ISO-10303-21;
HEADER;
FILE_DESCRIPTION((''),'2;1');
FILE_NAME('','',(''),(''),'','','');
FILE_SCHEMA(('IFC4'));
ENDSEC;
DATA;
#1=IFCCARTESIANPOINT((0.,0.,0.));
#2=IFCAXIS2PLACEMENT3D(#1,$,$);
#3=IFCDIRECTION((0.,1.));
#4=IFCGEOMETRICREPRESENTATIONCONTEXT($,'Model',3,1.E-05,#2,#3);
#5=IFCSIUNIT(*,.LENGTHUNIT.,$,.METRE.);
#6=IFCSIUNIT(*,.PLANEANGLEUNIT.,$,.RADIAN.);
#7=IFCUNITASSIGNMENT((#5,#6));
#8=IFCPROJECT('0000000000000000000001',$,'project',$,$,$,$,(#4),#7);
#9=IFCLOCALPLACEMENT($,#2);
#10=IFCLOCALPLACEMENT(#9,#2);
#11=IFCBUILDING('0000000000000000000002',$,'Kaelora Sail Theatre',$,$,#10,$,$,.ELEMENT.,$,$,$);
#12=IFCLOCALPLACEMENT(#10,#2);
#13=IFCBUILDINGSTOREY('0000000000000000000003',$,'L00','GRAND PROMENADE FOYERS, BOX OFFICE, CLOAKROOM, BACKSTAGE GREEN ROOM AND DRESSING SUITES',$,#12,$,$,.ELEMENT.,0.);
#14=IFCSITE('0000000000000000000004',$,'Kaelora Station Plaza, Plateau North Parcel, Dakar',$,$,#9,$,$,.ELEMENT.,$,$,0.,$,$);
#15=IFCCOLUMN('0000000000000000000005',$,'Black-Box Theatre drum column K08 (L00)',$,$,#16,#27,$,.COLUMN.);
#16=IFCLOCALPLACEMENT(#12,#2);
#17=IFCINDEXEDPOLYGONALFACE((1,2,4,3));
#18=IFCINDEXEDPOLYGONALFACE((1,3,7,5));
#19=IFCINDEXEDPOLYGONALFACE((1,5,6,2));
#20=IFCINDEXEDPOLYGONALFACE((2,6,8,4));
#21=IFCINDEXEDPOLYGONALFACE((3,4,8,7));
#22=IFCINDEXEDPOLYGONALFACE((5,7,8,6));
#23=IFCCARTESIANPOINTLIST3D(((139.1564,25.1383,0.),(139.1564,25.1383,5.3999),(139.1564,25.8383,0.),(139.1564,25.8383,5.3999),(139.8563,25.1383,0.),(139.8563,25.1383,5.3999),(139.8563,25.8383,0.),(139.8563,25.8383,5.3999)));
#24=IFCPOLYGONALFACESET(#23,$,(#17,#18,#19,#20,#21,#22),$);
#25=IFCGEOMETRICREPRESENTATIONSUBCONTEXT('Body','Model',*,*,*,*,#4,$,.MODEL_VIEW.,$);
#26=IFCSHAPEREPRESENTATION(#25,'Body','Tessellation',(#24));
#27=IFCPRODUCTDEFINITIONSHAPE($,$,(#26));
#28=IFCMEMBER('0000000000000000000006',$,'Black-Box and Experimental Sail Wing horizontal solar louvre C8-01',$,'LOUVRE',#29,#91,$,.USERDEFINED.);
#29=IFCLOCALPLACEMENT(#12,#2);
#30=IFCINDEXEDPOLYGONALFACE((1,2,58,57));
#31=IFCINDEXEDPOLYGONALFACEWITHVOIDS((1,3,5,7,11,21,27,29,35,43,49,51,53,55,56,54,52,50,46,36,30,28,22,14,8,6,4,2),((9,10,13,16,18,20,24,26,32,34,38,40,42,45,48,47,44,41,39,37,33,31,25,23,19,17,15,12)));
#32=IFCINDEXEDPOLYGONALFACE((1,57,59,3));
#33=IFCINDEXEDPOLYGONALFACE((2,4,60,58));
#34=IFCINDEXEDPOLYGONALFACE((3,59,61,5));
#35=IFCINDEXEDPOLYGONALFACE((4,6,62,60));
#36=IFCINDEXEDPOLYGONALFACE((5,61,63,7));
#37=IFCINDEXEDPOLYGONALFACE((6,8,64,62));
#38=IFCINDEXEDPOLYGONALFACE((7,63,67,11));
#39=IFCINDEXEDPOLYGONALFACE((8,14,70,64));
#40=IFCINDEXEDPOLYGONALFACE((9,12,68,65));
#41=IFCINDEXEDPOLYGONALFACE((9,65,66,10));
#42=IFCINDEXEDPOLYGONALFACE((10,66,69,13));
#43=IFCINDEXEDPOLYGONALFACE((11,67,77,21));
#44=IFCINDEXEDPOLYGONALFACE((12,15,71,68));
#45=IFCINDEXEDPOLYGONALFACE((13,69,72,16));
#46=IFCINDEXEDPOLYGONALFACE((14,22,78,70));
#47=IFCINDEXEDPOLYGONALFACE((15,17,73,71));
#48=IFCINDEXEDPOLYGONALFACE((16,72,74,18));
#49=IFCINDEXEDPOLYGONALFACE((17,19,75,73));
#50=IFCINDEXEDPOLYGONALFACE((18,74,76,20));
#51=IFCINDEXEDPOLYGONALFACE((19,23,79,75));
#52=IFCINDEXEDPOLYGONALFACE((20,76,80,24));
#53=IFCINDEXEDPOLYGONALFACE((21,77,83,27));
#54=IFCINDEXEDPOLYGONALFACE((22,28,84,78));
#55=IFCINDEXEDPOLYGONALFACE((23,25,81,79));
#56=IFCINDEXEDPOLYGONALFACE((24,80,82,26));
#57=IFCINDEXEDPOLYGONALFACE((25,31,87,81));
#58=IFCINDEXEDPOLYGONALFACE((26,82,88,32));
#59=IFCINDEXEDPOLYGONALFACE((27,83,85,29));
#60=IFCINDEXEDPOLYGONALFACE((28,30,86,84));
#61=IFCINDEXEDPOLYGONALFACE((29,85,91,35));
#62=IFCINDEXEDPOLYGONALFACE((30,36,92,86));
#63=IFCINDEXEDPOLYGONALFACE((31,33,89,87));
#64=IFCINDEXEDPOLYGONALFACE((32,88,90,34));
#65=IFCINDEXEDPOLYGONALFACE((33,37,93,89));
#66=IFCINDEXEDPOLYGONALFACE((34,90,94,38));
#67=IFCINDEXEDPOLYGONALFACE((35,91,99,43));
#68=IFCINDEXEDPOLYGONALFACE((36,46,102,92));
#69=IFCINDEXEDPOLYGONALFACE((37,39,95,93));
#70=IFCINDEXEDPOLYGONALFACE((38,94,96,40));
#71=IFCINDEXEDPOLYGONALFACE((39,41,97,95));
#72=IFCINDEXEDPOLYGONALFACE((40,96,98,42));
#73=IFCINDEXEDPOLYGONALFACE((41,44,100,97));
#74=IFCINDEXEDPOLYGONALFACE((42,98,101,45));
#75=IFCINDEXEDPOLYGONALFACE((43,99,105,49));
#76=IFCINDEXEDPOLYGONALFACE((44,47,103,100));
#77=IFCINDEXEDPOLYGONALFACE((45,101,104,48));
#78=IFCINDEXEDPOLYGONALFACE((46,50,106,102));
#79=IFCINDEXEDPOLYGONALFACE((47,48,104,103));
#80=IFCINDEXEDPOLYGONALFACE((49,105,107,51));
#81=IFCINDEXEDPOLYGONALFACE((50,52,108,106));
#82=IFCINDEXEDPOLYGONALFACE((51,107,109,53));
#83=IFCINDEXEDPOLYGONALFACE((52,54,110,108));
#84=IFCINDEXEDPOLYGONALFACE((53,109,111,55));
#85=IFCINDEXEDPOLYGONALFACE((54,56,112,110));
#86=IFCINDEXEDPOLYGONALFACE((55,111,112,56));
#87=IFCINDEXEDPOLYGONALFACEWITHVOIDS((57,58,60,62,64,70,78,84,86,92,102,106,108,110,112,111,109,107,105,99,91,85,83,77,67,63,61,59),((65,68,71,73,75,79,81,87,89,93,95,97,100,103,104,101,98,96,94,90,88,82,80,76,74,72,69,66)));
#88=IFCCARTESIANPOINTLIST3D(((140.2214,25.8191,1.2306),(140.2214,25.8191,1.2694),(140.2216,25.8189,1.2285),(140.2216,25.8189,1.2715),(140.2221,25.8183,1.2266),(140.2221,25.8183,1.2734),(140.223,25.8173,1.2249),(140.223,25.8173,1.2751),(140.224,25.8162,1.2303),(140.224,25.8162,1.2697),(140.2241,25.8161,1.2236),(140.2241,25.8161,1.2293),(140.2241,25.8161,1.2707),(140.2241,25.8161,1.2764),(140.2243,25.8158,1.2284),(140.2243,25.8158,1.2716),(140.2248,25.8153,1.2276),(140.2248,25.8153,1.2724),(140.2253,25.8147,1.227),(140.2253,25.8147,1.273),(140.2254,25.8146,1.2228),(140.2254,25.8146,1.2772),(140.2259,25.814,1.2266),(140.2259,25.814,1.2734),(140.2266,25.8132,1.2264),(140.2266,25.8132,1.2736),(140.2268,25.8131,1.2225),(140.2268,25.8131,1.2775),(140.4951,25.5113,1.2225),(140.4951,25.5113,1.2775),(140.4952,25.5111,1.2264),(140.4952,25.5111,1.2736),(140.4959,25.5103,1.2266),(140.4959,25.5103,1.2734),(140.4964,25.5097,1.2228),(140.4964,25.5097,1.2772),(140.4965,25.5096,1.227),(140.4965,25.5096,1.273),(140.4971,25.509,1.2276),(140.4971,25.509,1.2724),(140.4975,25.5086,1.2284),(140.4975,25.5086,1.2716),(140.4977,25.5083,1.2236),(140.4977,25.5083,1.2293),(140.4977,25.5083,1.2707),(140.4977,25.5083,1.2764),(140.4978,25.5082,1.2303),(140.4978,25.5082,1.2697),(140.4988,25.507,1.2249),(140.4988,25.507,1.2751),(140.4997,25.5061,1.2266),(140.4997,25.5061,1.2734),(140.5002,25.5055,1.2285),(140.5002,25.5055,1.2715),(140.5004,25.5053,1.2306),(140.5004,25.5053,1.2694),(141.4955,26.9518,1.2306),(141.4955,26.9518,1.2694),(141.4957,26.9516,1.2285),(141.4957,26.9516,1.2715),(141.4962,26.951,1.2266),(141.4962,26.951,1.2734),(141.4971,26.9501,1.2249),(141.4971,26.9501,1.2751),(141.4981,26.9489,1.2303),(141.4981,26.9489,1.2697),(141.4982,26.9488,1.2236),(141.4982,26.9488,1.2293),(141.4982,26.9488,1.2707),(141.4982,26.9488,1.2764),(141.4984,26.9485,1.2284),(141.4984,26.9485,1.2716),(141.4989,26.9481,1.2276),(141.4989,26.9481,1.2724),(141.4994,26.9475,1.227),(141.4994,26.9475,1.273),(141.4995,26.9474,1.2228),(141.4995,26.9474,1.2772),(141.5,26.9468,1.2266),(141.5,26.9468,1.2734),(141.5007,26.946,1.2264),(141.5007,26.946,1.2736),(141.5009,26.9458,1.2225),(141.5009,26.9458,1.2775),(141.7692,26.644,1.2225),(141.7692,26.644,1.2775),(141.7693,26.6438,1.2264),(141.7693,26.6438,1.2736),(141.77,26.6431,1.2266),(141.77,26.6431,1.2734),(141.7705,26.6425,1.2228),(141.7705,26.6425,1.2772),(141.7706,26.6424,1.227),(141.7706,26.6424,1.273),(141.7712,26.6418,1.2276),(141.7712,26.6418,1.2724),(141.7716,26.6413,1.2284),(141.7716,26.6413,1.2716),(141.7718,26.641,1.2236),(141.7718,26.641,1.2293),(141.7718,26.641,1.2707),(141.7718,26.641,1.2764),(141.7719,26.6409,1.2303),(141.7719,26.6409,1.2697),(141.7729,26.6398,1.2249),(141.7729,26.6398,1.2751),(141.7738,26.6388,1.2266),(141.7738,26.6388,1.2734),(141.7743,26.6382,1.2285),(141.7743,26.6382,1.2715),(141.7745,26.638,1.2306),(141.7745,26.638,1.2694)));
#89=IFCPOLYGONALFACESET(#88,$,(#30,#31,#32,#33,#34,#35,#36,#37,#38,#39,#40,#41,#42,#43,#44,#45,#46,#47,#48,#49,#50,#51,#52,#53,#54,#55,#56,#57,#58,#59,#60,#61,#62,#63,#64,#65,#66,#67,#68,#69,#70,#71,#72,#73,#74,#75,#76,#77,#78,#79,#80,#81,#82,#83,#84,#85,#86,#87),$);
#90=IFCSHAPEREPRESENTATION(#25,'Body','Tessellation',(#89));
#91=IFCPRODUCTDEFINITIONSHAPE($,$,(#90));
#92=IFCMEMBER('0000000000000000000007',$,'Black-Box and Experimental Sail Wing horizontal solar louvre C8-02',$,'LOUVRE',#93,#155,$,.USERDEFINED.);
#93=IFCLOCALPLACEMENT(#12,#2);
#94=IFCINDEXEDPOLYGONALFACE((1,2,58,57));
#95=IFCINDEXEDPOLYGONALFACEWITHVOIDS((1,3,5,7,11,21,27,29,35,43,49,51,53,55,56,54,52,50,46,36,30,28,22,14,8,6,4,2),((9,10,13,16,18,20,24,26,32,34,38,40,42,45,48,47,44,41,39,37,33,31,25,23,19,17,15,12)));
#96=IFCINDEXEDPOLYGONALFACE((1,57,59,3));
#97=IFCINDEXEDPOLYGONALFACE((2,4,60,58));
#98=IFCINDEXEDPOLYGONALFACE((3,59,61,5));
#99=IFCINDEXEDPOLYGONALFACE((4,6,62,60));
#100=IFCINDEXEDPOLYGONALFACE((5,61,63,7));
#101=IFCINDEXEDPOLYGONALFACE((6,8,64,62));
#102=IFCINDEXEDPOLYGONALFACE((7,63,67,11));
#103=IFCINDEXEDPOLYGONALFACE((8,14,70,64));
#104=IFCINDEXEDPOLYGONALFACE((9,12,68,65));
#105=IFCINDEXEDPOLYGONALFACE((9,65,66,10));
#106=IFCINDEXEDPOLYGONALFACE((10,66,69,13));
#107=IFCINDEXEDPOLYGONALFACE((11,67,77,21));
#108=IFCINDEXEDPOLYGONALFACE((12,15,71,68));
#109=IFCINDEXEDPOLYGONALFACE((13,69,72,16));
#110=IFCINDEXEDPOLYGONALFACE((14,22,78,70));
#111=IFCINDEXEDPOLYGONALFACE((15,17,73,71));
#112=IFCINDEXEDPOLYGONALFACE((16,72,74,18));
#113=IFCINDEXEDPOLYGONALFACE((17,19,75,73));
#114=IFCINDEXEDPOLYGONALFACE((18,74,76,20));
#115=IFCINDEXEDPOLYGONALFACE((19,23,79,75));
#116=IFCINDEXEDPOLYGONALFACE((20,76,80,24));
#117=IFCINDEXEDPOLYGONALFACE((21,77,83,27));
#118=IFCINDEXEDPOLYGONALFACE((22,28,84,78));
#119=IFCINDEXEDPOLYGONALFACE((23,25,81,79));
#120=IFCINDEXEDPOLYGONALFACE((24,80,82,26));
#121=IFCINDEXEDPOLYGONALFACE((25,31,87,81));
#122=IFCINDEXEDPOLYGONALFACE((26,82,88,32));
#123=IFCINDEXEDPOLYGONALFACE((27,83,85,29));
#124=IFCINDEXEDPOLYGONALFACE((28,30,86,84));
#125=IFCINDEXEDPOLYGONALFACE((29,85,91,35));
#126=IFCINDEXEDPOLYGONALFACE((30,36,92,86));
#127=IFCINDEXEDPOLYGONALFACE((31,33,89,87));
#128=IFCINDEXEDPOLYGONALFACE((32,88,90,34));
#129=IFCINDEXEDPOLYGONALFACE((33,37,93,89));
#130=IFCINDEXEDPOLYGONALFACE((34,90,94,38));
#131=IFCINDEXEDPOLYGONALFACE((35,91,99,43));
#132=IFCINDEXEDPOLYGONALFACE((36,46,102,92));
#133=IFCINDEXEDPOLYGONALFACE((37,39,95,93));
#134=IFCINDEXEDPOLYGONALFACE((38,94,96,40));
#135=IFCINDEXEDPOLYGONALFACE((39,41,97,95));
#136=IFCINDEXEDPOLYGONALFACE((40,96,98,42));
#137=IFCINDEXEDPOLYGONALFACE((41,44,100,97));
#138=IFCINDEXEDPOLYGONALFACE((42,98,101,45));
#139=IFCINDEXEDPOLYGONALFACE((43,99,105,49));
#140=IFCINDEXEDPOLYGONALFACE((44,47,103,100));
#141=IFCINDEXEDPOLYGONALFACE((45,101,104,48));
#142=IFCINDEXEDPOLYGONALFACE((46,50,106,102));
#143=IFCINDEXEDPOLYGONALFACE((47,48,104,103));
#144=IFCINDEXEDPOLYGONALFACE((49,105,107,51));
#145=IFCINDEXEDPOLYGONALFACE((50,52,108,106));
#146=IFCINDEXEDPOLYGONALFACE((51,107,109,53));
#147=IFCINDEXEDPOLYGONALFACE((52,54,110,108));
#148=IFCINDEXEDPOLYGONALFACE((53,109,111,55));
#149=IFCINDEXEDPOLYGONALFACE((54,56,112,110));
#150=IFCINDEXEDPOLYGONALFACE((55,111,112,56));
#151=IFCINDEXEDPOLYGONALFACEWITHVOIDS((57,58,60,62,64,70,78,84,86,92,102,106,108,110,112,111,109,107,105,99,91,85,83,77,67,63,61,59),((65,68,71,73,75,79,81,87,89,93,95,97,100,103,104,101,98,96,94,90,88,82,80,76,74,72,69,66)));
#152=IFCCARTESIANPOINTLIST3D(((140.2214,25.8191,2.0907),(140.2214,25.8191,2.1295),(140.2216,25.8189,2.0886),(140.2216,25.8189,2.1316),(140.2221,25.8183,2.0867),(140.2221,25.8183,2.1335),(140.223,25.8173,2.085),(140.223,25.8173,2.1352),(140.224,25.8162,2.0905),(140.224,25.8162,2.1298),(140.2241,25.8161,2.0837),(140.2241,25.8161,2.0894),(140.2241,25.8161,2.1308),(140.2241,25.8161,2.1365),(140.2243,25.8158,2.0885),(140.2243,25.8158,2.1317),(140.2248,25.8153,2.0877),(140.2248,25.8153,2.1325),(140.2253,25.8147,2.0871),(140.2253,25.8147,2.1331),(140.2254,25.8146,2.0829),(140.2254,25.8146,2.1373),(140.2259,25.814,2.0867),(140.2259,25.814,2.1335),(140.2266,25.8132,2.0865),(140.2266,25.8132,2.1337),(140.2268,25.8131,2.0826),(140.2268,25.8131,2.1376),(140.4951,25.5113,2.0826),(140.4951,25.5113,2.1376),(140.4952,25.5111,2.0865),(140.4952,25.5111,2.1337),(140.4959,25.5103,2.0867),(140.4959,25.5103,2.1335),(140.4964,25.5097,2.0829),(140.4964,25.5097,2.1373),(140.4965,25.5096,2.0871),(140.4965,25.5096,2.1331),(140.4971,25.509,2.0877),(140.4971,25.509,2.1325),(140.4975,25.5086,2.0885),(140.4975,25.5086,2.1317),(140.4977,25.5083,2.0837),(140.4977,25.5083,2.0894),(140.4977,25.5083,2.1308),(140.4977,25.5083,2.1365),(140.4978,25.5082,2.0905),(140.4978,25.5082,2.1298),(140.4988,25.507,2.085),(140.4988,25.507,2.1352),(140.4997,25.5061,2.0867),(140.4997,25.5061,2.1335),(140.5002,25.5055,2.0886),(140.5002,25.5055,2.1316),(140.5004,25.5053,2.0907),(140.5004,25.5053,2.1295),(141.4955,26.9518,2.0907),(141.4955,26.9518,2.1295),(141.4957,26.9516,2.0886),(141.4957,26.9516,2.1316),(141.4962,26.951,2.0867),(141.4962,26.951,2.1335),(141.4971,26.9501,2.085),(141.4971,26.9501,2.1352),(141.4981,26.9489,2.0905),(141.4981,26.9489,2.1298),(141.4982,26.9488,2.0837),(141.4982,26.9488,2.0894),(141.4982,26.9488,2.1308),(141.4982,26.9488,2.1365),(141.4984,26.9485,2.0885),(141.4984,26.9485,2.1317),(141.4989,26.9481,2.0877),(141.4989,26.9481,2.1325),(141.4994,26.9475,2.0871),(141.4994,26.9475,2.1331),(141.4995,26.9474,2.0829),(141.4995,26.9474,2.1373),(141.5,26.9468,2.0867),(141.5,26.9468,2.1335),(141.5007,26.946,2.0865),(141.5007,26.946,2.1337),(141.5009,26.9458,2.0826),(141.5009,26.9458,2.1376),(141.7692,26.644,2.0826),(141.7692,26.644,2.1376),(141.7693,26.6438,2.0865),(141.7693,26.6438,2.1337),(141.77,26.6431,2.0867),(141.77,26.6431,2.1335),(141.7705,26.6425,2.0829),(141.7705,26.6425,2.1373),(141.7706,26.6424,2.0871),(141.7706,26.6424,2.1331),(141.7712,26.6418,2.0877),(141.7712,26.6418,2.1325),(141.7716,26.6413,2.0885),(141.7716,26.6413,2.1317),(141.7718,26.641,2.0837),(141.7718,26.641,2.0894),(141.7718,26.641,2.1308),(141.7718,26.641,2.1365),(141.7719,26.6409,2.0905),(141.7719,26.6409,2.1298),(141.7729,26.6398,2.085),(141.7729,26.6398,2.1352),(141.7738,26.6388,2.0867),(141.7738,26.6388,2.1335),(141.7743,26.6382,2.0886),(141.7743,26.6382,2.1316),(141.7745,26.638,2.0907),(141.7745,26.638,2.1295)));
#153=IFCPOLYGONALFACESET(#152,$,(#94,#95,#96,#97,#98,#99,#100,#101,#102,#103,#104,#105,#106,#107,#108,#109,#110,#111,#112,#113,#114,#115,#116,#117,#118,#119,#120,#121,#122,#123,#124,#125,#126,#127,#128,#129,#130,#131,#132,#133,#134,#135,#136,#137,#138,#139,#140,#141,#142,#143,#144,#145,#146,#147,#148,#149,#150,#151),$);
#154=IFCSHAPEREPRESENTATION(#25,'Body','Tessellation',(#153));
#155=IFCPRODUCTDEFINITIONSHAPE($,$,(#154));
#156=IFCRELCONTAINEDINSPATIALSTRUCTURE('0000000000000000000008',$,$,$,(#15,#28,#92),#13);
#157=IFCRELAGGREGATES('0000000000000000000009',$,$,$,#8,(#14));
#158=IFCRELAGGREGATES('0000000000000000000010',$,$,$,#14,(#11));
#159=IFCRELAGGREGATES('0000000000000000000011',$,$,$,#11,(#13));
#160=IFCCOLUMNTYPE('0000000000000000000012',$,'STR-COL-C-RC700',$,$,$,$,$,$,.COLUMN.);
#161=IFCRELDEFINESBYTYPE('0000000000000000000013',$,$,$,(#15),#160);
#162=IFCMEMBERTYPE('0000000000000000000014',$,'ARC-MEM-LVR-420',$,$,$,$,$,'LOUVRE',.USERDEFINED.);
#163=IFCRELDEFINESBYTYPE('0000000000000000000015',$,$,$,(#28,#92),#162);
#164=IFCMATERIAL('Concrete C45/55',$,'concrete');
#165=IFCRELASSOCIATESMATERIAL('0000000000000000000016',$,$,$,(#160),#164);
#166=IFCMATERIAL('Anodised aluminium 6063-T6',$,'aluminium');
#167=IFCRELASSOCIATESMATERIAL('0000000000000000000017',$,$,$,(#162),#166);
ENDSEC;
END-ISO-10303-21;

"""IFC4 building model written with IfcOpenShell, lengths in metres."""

from ifc_helpers import new_model, si_unit, direction, frame, origin, origin_2d, place, context, subcontext, project, spatial, rectangle, hollow_rectangle, extrude, material, material_profile, profile_set, type_object, element, save


model = new_model("IFC4")

# Units and contexts
model_context = context("Model", 3, precision=1e-05, world=origin(), true_north=direction((0.0, 1.0)))
body_context = subcontext(model_context, "Body", "Model", "MODEL_VIEW")
ifc_project = project(units=[si_unit("LENGTHUNIT", "METRE"), si_unit("PLANEANGLEUNIT", "RADIAN")], contexts=[model_context])

# Site, building, storey
site_placement = place(None, origin())
site = spatial("IfcSite", under=ifc_project, at=site_placement, Name="Kaelora Station Plaza, Plateau North Parcel, Dakar", CompositionType="ELEMENT", RefElevation=0.0)
building_placement = place(site_placement, origin())
building = spatial("IfcBuilding", under=site, at=building_placement, Name="Kaelora Sail Theatre", CompositionType="ELEMENT")
storey_placement = place(building_placement, origin())
storey = spatial("IfcBuildingStorey", under=building, at=storey_placement, Name="L00", Description="GRAND PROMENADE FOYERS, BOX OFFICE, CLOAKROOM, BACKSTAGE GREEN ROOM AND DRESSING SUITES", CompositionType="ELEMENT", Elevation=0.0)

# Column
ifc_material_1 = material(Name="Concrete C45/55", Category="concrete")
ifc_material_profile_1 = material_profile(ifc_material_1, rectangle(XDim=0.7, YDim=0.7, at=origin_2d()), Name="RC-COL 700x700")
ifc_profile_set_1 = profile_set([ifc_material_profile_1], Name="Concrete C45/55")
column_type = type_object("IfcColumnType", Name="STR-COL-C-RC700", PredefinedType="COLUMN", material=ifc_profile_set_1)
column_placement = place(storey_placement, frame((139.5063, 25.4883, 0.0), z_axis=(0.0, 0.0, 1.0), x_axis=(1.0, 0.0, 0.0)))
element("IfcColumn", 1, at=column_placement, inside=storey, type_object=column_type, Name="Black-Box Theatre drum column K08 (L00)", PredefinedType="COLUMN", context=body_context, shape_type="SweptSolid", body=[
    extrude(rectangle(XDim=0.7, YDim=0.7, at=origin_2d()), origin(), (0.0, 0.0, 1.0), 5.3999),
])

# Members
ifc_material_2 = material(Name="Anodised aluminium 6063-T6", Category="aluminium")
ifc_material_profile_2 = material_profile(ifc_material_2, hollow_rectangle(XDim=0.4199, YDim=0.0549, WallThickness=0.0039, InnerFilletRadius=0.0039, OuterFilletRadius=0.0081, at=origin_2d()), Name="LOUVRE 420x55x4")
ifc_profile_set_2 = profile_set([ifc_material_profile_2], Name="Anodised aluminium 6063-T6")
member_type_1 = type_object("IfcMemberType", Name="ARC-MEM-LVR-420", ElementType="LOUVRE", PredefinedType="USERDEFINED", material=ifc_profile_set_2)
for number, where, z_axis, x_axis, name in (
    (2, (141.635, 26.7949, 1.25), (-0.747346, -0.664435, 0.0), (0.664435, -0.747346, 0.0), "Black-Box and Experimental Sail Wing horizontal solar louvre C8-01"),
    (3, (141.635, 26.7949, 2.1101), (-0.747346, -0.664435, 0.0), (0.664435, -0.747346, 0.0), "Black-Box and Experimental Sail Wing horizontal solar louvre C8-02"),
):
    element("IfcMember", number, at=place(storey_placement, frame(where, z_axis=z_axis, x_axis=x_axis)), inside=storey, type_object=member_type_1, Name=name, ObjectType="LOUVRE", PredefinedType="USERDEFINED", context=body_context, shape_type="SweptSolid", body=[
        extrude(hollow_rectangle(XDim=0.4199, YDim=0.0549, WallThickness=0.0039, InnerFilletRadius=0.0039, OuterFilletRadius=0.0081, at=origin_2d()), origin(), (0.0, 0.0, 1.0), 1.7048),
    ])

save(model, "model.ifc")
